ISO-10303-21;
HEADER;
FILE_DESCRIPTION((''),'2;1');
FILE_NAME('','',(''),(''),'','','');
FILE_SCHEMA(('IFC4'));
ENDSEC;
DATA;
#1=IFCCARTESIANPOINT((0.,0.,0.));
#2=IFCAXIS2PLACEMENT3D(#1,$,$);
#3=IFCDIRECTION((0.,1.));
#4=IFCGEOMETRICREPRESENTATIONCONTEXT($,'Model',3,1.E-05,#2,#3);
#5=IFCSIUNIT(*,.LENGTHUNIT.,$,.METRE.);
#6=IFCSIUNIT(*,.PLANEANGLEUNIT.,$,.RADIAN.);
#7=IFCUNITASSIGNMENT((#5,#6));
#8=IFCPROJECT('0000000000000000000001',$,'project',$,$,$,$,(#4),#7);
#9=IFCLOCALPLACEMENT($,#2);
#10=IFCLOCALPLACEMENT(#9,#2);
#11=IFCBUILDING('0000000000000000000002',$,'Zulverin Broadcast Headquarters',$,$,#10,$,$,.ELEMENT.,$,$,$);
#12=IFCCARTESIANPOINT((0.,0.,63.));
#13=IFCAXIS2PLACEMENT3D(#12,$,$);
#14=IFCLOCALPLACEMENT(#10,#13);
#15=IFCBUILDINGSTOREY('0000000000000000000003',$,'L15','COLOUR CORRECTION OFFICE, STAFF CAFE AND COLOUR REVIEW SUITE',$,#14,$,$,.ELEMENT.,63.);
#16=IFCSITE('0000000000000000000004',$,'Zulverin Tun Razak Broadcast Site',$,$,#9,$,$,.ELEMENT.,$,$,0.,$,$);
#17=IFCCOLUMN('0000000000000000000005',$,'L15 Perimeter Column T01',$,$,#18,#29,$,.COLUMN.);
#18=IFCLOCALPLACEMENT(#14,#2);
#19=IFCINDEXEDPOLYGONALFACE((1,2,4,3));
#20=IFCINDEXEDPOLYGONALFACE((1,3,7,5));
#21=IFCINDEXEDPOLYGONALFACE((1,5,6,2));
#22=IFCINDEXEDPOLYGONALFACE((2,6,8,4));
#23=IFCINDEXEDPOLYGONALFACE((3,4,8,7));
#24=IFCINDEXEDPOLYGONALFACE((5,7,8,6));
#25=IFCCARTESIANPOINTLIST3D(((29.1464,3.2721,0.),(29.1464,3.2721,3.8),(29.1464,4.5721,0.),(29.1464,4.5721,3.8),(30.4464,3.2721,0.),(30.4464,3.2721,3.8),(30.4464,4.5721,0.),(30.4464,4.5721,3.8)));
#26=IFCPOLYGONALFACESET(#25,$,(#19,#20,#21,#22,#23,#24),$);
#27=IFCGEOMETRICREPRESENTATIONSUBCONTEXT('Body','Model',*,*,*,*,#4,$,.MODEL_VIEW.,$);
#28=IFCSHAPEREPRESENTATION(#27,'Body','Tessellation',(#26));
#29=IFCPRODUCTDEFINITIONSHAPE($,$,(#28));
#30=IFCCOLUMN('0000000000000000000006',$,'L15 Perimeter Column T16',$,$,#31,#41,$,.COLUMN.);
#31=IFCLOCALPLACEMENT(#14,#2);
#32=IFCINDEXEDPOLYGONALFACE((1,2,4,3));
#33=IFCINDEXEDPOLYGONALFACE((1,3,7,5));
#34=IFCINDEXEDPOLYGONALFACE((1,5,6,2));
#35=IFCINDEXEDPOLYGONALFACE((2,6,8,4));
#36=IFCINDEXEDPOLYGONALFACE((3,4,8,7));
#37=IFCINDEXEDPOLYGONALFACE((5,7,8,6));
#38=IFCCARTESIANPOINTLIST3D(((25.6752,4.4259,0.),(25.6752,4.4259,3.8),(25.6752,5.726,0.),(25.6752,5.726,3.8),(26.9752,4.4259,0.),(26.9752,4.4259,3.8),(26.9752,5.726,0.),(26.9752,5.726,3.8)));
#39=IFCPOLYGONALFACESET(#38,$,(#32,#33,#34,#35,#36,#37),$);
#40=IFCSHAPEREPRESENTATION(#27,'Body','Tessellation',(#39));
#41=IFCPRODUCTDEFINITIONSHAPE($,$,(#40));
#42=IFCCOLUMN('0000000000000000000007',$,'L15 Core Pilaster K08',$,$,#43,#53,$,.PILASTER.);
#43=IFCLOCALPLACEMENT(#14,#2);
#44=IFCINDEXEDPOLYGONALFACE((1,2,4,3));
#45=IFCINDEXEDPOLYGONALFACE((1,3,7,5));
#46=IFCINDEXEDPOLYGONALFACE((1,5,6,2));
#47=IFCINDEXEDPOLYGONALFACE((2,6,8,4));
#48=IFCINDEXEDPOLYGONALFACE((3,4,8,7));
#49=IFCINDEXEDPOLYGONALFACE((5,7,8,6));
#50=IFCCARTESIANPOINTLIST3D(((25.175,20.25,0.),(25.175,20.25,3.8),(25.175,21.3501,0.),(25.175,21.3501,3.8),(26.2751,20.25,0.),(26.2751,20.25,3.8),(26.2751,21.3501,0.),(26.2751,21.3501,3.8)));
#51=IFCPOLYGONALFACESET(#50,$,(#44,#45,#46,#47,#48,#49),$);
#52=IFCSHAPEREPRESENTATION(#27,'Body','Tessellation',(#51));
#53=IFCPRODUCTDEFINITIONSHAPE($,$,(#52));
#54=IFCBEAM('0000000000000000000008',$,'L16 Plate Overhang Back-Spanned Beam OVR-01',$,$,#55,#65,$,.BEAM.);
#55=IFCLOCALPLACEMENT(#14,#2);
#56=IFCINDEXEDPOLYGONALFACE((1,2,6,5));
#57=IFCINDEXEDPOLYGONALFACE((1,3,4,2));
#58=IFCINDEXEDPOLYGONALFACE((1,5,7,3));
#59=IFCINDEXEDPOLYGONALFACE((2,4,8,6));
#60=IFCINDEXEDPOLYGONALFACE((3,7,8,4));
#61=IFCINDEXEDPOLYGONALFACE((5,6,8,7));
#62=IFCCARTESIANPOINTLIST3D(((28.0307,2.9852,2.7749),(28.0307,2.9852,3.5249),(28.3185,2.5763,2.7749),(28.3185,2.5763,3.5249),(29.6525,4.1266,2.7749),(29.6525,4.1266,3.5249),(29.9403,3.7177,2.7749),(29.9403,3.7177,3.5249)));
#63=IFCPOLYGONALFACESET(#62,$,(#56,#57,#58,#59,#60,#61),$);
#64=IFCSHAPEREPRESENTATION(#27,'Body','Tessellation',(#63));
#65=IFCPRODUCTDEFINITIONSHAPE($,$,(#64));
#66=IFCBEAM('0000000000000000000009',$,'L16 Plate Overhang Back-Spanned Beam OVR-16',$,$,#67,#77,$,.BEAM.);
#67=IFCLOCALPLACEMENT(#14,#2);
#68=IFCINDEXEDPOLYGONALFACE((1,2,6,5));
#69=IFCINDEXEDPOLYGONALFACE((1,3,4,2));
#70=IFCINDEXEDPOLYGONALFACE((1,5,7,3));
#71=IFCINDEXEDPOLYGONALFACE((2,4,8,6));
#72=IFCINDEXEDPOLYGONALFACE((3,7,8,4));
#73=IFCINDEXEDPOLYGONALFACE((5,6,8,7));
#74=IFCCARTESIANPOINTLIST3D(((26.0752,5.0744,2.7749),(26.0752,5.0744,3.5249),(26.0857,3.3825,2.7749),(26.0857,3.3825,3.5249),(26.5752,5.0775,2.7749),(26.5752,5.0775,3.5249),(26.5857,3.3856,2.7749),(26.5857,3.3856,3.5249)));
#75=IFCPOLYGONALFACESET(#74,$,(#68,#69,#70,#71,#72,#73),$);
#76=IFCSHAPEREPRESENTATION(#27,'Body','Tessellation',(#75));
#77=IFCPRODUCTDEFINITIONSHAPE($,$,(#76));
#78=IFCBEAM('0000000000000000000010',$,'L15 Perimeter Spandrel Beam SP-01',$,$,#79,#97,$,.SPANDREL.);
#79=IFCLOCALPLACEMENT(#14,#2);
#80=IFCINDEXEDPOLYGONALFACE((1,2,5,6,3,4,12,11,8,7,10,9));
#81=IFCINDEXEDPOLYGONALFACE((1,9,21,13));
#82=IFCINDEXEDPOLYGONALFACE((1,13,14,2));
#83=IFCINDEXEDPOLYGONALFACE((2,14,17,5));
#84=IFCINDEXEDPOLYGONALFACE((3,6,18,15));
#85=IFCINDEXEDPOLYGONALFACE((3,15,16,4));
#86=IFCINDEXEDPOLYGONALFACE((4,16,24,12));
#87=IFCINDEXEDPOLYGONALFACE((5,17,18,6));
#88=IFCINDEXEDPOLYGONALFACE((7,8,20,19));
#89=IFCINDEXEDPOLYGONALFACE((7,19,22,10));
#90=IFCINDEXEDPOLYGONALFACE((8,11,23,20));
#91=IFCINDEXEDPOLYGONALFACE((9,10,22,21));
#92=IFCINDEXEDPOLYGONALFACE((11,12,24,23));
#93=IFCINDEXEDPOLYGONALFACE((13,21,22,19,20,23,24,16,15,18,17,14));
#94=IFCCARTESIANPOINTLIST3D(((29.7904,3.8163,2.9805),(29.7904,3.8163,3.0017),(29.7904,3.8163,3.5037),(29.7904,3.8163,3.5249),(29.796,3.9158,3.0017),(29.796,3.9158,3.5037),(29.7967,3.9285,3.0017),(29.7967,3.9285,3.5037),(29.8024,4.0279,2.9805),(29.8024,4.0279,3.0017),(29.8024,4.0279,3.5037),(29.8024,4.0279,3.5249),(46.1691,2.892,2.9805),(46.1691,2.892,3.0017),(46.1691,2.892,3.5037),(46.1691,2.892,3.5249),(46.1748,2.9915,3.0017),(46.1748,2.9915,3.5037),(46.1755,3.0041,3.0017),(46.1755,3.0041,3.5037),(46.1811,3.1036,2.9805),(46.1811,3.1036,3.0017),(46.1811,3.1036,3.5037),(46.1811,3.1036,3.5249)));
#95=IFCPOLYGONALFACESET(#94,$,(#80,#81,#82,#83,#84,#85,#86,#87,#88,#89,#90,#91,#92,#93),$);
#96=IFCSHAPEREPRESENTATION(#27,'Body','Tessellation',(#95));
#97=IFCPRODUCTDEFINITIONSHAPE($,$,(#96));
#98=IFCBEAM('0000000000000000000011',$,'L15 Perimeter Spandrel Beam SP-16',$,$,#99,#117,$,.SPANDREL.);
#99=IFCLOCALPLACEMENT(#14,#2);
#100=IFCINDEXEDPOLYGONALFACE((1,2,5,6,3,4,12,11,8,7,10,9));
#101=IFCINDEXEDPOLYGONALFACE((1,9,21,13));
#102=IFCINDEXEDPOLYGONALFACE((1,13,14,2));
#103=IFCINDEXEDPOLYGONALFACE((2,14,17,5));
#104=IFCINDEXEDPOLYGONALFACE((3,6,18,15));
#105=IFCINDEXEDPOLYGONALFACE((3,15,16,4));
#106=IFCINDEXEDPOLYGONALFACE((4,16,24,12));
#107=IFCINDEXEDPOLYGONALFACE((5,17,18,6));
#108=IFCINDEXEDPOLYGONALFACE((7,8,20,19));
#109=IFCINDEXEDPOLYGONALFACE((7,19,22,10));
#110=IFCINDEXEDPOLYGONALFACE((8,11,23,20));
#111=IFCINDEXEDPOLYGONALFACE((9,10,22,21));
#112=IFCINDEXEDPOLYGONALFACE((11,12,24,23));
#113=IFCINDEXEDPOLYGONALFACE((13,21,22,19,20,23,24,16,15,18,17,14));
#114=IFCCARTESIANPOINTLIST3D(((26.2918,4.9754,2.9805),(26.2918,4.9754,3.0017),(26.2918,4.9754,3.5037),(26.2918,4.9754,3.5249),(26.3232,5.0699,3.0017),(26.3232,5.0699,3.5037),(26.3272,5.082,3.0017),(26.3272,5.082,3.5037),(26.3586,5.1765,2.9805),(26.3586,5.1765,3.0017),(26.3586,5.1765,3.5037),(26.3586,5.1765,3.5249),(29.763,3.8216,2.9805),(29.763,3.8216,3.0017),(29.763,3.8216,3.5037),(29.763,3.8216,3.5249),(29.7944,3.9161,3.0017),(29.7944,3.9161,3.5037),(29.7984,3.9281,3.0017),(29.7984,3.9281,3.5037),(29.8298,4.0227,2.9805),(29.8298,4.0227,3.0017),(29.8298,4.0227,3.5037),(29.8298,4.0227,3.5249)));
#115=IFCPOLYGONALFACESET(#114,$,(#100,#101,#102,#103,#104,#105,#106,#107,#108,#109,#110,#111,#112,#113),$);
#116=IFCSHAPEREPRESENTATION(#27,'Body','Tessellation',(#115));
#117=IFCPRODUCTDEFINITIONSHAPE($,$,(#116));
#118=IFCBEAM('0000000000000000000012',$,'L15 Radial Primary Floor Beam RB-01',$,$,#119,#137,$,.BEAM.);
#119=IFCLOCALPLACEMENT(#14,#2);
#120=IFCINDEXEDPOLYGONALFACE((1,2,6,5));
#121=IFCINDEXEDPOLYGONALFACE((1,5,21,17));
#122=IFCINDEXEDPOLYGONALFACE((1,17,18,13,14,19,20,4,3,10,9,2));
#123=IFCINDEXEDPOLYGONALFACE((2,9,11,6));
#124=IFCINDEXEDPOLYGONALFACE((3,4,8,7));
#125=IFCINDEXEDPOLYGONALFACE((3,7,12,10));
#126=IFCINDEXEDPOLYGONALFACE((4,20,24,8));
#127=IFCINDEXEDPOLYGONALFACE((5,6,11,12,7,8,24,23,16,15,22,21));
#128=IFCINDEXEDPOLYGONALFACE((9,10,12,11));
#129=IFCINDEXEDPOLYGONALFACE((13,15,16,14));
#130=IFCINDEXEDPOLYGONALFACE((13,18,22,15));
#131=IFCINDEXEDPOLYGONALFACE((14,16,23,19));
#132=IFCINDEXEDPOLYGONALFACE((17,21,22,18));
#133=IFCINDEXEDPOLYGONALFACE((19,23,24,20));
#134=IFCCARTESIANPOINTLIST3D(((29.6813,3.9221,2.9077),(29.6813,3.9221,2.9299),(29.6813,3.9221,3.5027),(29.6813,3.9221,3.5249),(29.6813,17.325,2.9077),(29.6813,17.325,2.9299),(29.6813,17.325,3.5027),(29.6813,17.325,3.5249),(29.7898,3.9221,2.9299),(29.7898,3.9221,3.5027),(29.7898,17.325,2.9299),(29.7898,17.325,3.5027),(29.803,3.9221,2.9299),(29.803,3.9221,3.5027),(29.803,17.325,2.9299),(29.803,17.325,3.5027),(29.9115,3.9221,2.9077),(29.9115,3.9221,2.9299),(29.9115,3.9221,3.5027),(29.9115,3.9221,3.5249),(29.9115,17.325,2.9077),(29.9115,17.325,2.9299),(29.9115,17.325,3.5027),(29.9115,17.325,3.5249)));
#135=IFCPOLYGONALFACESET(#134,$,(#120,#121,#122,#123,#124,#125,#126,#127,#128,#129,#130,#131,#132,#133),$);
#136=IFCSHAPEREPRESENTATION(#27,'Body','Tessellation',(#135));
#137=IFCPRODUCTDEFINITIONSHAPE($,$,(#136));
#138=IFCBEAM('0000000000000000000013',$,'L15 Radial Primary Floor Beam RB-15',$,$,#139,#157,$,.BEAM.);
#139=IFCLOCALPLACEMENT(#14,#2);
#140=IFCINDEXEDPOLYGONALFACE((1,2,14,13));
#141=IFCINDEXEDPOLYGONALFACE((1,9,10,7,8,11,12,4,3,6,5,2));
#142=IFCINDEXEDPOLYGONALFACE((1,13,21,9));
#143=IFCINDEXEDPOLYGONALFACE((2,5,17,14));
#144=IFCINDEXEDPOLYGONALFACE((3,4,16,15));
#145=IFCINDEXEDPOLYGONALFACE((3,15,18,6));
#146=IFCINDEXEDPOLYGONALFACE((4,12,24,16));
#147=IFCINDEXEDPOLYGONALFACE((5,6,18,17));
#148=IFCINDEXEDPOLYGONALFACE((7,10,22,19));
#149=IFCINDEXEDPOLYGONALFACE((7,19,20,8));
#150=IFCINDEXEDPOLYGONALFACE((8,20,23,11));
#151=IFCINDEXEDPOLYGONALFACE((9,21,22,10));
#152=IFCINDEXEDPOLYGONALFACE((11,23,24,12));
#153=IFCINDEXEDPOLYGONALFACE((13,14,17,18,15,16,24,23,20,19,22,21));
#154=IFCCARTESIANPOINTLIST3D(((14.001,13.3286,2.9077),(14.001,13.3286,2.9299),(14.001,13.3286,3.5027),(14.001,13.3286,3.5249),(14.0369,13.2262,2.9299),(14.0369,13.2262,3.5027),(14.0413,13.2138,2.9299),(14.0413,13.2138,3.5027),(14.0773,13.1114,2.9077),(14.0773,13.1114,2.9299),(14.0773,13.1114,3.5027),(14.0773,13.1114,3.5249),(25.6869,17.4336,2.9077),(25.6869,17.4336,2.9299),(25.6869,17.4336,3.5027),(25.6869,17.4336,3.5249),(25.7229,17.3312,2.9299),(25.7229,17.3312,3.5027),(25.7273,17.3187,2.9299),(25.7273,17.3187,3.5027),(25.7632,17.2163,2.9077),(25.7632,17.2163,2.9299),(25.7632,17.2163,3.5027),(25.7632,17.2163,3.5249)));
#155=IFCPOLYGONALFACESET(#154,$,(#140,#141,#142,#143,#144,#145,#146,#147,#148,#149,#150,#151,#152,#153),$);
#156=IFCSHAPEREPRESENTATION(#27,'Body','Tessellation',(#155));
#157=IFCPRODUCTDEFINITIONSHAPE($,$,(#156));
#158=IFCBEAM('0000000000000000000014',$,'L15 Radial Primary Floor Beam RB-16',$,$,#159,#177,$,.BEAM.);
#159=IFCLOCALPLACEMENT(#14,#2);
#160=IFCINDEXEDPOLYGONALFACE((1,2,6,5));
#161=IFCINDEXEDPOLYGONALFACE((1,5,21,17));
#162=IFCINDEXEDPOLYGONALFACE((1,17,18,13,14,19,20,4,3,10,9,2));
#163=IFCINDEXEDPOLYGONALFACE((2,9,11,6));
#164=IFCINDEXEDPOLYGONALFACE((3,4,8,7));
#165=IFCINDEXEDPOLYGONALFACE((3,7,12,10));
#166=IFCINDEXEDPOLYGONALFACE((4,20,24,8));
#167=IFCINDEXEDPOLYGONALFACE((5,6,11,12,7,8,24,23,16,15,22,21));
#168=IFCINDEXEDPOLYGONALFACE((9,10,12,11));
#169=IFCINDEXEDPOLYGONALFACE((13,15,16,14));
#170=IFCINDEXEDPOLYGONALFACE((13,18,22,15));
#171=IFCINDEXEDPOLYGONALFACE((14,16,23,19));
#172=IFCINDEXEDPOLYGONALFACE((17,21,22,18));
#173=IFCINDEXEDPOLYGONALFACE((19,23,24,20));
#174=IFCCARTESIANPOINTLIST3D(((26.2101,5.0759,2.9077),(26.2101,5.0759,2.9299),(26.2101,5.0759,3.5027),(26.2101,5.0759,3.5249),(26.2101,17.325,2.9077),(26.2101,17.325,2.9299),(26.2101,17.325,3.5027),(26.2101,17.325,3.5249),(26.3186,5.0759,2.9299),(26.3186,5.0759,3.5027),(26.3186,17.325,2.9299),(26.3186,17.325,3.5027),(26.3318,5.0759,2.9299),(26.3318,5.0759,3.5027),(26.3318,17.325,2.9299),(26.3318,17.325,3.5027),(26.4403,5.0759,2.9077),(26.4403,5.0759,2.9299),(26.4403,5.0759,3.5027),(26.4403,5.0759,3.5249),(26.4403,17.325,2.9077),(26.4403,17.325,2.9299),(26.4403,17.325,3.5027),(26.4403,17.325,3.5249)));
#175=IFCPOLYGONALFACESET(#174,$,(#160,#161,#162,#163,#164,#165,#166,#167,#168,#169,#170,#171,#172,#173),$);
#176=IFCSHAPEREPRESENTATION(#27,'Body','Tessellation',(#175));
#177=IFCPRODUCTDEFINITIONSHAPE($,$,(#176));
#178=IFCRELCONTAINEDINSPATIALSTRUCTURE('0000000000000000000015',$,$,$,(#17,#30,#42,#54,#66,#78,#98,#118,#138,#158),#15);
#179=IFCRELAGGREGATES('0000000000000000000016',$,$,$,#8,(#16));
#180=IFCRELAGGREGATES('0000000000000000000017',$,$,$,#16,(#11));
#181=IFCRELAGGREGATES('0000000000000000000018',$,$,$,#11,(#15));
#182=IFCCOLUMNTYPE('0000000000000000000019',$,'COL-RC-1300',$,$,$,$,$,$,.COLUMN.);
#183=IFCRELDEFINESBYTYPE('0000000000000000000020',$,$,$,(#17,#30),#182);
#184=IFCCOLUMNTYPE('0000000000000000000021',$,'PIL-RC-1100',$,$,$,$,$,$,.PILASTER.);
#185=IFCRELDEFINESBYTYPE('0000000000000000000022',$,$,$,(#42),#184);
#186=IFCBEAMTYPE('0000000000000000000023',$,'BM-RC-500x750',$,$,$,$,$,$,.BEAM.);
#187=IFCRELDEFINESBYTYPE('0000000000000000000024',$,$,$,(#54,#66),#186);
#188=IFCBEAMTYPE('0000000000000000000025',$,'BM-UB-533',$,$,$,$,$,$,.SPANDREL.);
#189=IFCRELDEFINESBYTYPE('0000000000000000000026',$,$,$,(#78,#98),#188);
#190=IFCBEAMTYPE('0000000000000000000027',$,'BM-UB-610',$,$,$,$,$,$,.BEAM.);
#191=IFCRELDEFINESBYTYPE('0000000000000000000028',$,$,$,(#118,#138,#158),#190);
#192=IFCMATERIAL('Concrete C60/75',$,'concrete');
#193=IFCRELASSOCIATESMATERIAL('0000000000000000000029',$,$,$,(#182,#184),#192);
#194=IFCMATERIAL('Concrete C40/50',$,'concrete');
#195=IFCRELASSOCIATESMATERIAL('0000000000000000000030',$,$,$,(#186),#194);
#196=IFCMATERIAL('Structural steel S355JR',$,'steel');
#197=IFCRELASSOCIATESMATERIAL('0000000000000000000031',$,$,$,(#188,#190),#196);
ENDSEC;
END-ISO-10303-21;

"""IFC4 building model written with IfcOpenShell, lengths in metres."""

from ifc_helpers import new_model, si_unit, direction, frame, origin, origin_2d, place, context, subcontext, project, spatial, rectangle, i_section, extrude, material, material_profile, profile_set, type_object, element, save


model = new_model("IFC4")

# Units and contexts
model_context = context("Model", 3, precision=1e-05, world=origin(), true_north=direction((0.0, 1.0)))
body_context = subcontext(model_context, "Body", "Model", "MODEL_VIEW")
ifc_project = project(units=[si_unit("LENGTHUNIT", "METRE"), si_unit("PLANEANGLEUNIT", "RADIAN")], contexts=[model_context])

# Site, building, storey
site_placement = place(None, origin())
site = spatial("IfcSite", under=ifc_project, at=site_placement, Name="Zulverin Tun Razak Broadcast Site", CompositionType="ELEMENT", RefElevation=0.0)
building_placement = place(site_placement, origin())
building = spatial("IfcBuilding", under=site, at=building_placement, Name="Zulverin Broadcast Headquarters", CompositionType="ELEMENT")
storey_placement = place(building_placement, frame((0.0, 0.0, 63.0)))
storey = spatial("IfcBuildingStorey", under=building, at=storey_placement, Name="L15", Description="COLOUR CORRECTION OFFICE, STAFF CAFE AND COLOUR REVIEW SUITE", CompositionType="ELEMENT", Elevation=63.0)

# Columns
ifc_material_1 = material(Name="Concrete C60/75", Category="concrete")
ifc_material_profile_1 = material_profile(ifc_material_1, rectangle(XDim=1.3, YDim=1.3, at=origin_2d()), Name="Concrete C60/75", Category="concrete")
ifc_profile_set_1 = profile_set([ifc_material_profile_1], Name="Concrete C60/75")
column_type_1 = type_object("IfcColumnType", Name="COL-RC-1300", PredefinedType="COLUMN", material=ifc_profile_set_1)
for number, where, z_axis, x_axis, name in (
    (1, (29.7964, 3.9221, 0.0), (0.0, 0.0, 1.0), (1.0, 0.0, 0.0), "L15 Perimeter Column T01"),
    (2, (26.3252, 5.0759, 0.0), (0.0, 0.0, 1.0), (1.0, 0.0, 0.0), "L15 Perimeter Column T16"),
):
    element("IfcColumn", number, at=place(storey_placement, frame(where, z_axis=z_axis, x_axis=x_axis)), inside=storey, type_object=column_type_1, Name=name, PredefinedType="COLUMN", context=body_context, shape_type="SweptSolid", body=[
        extrude(rectangle(XDim=1.3, YDim=1.3, at=origin_2d()), origin(), (0.0, 0.0, 1.0), 3.8),
    ])
ifc_material_profile_2 = material_profile(ifc_material_1, rectangle(XDim=1.1001, YDim=1.1001, at=origin_2d()), Name="Concrete C60/75", Category="concrete")
ifc_profile_set_2 = profile_set([ifc_material_profile_2], Name="Concrete C60/75")
column_type_2 = type_object("IfcColumnType", Name="PIL-RC-1100", PredefinedType="PILASTER", material=ifc_profile_set_2)
column_placement = place(storey_placement, frame((25.7251, 20.8, 0.0), z_axis=(0.0, 0.0, 1.0), x_axis=(1.0, 0.0, 0.0)))
element("IfcColumn", 3, at=column_placement, inside=storey, type_object=column_type_2, Name="L15 Core Pilaster K08", PredefinedType="PILASTER", context=body_context, shape_type="SweptSolid", body=[
    extrude(rectangle(XDim=1.1001, YDim=1.1001, at=origin_2d()), origin(), (0.0, 0.0, 1.0), 3.8),
])

# Beams
ifc_material_2 = material(Name="Concrete C40/50", Category="concrete")
ifc_material_profile_3 = material_profile(ifc_material_2, rectangle(XDim=0.5, YDim=0.75, at=origin_2d()), Name="Concrete C40/50", Category="concrete")
ifc_profile_set_3 = profile_set([ifc_material_profile_3], Name="Concrete C40/50")
beam_type_1 = type_object("IfcBeamType", Name="BM-RC-500x750", PredefinedType="BEAM", material=ifc_profile_set_3)
beam_1_placement = place(storey_placement, frame((29.7964, 3.9221, 3.1499), z_axis=(-0.817789, -0.575518, 0.0), x_axis=(0.575518, -0.817789, 0.0)))
element("IfcBeam", 4, at=beam_1_placement, inside=storey, type_object=beam_type_1, Name="L16 Plate Overhang Back-Spanned Beam OVR-01", PredefinedType="BEAM", context=body_context, shape_type="SweptSolid", body=[
    extrude(rectangle(XDim=0.5, YDim=0.75, at=origin_2d()), origin(), (0.0, 0.0, 1.0), 1.9832),
])
beam_2_placement = place(storey_placement, frame((26.3252, 5.0759, 3.1499), z_axis=(0.006205, -0.999981, 0.0), x_axis=(0.999981, 0.006205, 0.0)))
element("IfcBeam", 5, at=beam_2_placement, inside=storey, type_object=beam_type_1, Name="L16 Plate Overhang Back-Spanned Beam OVR-16", PredefinedType="BEAM", context=body_context, shape_type="SweptSolid", body=[
    extrude(rectangle(XDim=0.5, YDim=0.75, at=origin_2d()), origin(), (0.0, 0.0, 1.0), 1.6919),
])
ifc_material_3 = material(Name="Structural steel S355JR", Category="steel")
ifc_material_profile_4 = material_profile(ifc_material_3, i_section(OverallWidth=0.2119, OverallDepth=0.5444, WebThickness=0.0127, FlangeThickness=0.0212, at=origin_2d()), Name="Structural steel S355JR", Category="steel")
ifc_profile_set_4 = profile_set([ifc_material_profile_4], Name="Structural steel S355JR")
beam_type_2 = type_object("IfcBeamType", Name="BM-UB-533", PredefinedType="SPANDREL", material=ifc_profile_set_4)
beam_3_placement = place(storey_placement, frame((29.7964, 3.9221, 3.2527), z_axis=(0.998411, -0.056345, 0.0), x_axis=(0.056345, 0.998411, 0.0)))
element("IfcBeam", 6, at=beam_3_placement, inside=storey, type_object=beam_type_2, Name="L15 Perimeter Spandrel Beam SP-01", PredefinedType="SPANDREL", context=body_context, shape_type="SweptSolid", body=[
    extrude(i_section(OverallWidth=0.2119, OverallDepth=0.5444, WebThickness=0.0127, FlangeThickness=0.0212, at=origin_2d()), origin(), (0.0, 0.0, 1.0), 16.4048),
])
beam_4_placement = place(storey_placement, frame((26.3252, 5.0759, 3.2527), z_axis=(0.94895, -0.315427, 0.0), x_axis=(0.315427, 0.94895, 0.0)))
element("IfcBeam", 7, at=beam_4_placement, inside=storey, type_object=beam_type_2, Name="L15 Perimeter Spandrel Beam SP-16", PredefinedType="SPANDREL", context=body_context, shape_type="SweptSolid", body=[
    extrude(i_section(OverallWidth=0.2119, OverallDepth=0.5444, WebThickness=0.0127, FlangeThickness=0.0212, at=origin_2d()), origin(), (0.0, 0.0, 1.0), 3.658),
])
ifc_material_profile_5 = material_profile(ifc_material_3, i_section(OverallWidth=0.2302, OverallDepth=0.6172, WebThickness=0.0132, FlangeThickness=0.0222, at=origin_2d()), Name="Structural steel S355JR", Category="steel")
ifc_profile_set_5 = profile_set([ifc_material_profile_5], Name="Structural steel S355JR")
beam_type_3 = type_object("IfcBeamType", Name="BM-UB-610", PredefinedType="BEAM", material=ifc_profile_set_5)
beam_5_placement = place(storey_placement, frame((29.7964, 17.325, 3.2163), z_axis=(0.0, -1.0, 0.0), x_axis=(1.0, 0.0, 0.0)))
element("IfcBeam", 8, at=beam_5_placement, inside=storey, type_object=beam_type_3, Name="L15 Radial Primary Floor Beam RB-01", PredefinedType="BEAM", context=body_context, shape_type="SweptSolid", body=[
    extrude(i_section(OverallWidth=0.2302, OverallDepth=0.6172, WebThickness=0.0132, FlangeThickness=0.0222, at=origin_2d()), origin(), (0.0, 0.0, 1.0), 13.4028),
])
beam_6_placement = place(storey_placement, frame((25.7251, 17.325, 3.2163), z_axis=(-0.943483, -0.33142, 0.0), x_axis=(0.33142, -0.943483, 0.0)))
element("IfcBeam", 9, at=beam_6_placement, inside=storey, type_object=beam_type_3, Name="L15 Radial Primary Floor Beam RB-15", PredefinedType="BEAM", context=body_context, shape_type="SweptSolid", body=[
    extrude(i_section(OverallWidth=0.2302, OverallDepth=0.6172, WebThickness=0.0132, FlangeThickness=0.0222, at=origin_2d()), origin(), (0.0, 0.0, 1.0), 12.386),
])
beam_7_placement = place(storey_placement, frame((26.3252, 17.325, 3.2163), z_axis=(0.0, -1.0, 0.0), x_axis=(1.0, 0.0, 0.0)))
element("IfcBeam", 10, at=beam_7_placement, inside=storey, type_object=beam_type_3, Name="L15 Radial Primary Floor Beam RB-16", PredefinedType="BEAM", context=body_context, shape_type="SweptSolid", body=[
    extrude(i_section(OverallWidth=0.2302, OverallDepth=0.6172, WebThickness=0.0132, FlangeThickness=0.0222, at=origin_2d()), origin(), (0.0, 0.0, 1.0), 12.249),
])

save(model, "model.ifc")
